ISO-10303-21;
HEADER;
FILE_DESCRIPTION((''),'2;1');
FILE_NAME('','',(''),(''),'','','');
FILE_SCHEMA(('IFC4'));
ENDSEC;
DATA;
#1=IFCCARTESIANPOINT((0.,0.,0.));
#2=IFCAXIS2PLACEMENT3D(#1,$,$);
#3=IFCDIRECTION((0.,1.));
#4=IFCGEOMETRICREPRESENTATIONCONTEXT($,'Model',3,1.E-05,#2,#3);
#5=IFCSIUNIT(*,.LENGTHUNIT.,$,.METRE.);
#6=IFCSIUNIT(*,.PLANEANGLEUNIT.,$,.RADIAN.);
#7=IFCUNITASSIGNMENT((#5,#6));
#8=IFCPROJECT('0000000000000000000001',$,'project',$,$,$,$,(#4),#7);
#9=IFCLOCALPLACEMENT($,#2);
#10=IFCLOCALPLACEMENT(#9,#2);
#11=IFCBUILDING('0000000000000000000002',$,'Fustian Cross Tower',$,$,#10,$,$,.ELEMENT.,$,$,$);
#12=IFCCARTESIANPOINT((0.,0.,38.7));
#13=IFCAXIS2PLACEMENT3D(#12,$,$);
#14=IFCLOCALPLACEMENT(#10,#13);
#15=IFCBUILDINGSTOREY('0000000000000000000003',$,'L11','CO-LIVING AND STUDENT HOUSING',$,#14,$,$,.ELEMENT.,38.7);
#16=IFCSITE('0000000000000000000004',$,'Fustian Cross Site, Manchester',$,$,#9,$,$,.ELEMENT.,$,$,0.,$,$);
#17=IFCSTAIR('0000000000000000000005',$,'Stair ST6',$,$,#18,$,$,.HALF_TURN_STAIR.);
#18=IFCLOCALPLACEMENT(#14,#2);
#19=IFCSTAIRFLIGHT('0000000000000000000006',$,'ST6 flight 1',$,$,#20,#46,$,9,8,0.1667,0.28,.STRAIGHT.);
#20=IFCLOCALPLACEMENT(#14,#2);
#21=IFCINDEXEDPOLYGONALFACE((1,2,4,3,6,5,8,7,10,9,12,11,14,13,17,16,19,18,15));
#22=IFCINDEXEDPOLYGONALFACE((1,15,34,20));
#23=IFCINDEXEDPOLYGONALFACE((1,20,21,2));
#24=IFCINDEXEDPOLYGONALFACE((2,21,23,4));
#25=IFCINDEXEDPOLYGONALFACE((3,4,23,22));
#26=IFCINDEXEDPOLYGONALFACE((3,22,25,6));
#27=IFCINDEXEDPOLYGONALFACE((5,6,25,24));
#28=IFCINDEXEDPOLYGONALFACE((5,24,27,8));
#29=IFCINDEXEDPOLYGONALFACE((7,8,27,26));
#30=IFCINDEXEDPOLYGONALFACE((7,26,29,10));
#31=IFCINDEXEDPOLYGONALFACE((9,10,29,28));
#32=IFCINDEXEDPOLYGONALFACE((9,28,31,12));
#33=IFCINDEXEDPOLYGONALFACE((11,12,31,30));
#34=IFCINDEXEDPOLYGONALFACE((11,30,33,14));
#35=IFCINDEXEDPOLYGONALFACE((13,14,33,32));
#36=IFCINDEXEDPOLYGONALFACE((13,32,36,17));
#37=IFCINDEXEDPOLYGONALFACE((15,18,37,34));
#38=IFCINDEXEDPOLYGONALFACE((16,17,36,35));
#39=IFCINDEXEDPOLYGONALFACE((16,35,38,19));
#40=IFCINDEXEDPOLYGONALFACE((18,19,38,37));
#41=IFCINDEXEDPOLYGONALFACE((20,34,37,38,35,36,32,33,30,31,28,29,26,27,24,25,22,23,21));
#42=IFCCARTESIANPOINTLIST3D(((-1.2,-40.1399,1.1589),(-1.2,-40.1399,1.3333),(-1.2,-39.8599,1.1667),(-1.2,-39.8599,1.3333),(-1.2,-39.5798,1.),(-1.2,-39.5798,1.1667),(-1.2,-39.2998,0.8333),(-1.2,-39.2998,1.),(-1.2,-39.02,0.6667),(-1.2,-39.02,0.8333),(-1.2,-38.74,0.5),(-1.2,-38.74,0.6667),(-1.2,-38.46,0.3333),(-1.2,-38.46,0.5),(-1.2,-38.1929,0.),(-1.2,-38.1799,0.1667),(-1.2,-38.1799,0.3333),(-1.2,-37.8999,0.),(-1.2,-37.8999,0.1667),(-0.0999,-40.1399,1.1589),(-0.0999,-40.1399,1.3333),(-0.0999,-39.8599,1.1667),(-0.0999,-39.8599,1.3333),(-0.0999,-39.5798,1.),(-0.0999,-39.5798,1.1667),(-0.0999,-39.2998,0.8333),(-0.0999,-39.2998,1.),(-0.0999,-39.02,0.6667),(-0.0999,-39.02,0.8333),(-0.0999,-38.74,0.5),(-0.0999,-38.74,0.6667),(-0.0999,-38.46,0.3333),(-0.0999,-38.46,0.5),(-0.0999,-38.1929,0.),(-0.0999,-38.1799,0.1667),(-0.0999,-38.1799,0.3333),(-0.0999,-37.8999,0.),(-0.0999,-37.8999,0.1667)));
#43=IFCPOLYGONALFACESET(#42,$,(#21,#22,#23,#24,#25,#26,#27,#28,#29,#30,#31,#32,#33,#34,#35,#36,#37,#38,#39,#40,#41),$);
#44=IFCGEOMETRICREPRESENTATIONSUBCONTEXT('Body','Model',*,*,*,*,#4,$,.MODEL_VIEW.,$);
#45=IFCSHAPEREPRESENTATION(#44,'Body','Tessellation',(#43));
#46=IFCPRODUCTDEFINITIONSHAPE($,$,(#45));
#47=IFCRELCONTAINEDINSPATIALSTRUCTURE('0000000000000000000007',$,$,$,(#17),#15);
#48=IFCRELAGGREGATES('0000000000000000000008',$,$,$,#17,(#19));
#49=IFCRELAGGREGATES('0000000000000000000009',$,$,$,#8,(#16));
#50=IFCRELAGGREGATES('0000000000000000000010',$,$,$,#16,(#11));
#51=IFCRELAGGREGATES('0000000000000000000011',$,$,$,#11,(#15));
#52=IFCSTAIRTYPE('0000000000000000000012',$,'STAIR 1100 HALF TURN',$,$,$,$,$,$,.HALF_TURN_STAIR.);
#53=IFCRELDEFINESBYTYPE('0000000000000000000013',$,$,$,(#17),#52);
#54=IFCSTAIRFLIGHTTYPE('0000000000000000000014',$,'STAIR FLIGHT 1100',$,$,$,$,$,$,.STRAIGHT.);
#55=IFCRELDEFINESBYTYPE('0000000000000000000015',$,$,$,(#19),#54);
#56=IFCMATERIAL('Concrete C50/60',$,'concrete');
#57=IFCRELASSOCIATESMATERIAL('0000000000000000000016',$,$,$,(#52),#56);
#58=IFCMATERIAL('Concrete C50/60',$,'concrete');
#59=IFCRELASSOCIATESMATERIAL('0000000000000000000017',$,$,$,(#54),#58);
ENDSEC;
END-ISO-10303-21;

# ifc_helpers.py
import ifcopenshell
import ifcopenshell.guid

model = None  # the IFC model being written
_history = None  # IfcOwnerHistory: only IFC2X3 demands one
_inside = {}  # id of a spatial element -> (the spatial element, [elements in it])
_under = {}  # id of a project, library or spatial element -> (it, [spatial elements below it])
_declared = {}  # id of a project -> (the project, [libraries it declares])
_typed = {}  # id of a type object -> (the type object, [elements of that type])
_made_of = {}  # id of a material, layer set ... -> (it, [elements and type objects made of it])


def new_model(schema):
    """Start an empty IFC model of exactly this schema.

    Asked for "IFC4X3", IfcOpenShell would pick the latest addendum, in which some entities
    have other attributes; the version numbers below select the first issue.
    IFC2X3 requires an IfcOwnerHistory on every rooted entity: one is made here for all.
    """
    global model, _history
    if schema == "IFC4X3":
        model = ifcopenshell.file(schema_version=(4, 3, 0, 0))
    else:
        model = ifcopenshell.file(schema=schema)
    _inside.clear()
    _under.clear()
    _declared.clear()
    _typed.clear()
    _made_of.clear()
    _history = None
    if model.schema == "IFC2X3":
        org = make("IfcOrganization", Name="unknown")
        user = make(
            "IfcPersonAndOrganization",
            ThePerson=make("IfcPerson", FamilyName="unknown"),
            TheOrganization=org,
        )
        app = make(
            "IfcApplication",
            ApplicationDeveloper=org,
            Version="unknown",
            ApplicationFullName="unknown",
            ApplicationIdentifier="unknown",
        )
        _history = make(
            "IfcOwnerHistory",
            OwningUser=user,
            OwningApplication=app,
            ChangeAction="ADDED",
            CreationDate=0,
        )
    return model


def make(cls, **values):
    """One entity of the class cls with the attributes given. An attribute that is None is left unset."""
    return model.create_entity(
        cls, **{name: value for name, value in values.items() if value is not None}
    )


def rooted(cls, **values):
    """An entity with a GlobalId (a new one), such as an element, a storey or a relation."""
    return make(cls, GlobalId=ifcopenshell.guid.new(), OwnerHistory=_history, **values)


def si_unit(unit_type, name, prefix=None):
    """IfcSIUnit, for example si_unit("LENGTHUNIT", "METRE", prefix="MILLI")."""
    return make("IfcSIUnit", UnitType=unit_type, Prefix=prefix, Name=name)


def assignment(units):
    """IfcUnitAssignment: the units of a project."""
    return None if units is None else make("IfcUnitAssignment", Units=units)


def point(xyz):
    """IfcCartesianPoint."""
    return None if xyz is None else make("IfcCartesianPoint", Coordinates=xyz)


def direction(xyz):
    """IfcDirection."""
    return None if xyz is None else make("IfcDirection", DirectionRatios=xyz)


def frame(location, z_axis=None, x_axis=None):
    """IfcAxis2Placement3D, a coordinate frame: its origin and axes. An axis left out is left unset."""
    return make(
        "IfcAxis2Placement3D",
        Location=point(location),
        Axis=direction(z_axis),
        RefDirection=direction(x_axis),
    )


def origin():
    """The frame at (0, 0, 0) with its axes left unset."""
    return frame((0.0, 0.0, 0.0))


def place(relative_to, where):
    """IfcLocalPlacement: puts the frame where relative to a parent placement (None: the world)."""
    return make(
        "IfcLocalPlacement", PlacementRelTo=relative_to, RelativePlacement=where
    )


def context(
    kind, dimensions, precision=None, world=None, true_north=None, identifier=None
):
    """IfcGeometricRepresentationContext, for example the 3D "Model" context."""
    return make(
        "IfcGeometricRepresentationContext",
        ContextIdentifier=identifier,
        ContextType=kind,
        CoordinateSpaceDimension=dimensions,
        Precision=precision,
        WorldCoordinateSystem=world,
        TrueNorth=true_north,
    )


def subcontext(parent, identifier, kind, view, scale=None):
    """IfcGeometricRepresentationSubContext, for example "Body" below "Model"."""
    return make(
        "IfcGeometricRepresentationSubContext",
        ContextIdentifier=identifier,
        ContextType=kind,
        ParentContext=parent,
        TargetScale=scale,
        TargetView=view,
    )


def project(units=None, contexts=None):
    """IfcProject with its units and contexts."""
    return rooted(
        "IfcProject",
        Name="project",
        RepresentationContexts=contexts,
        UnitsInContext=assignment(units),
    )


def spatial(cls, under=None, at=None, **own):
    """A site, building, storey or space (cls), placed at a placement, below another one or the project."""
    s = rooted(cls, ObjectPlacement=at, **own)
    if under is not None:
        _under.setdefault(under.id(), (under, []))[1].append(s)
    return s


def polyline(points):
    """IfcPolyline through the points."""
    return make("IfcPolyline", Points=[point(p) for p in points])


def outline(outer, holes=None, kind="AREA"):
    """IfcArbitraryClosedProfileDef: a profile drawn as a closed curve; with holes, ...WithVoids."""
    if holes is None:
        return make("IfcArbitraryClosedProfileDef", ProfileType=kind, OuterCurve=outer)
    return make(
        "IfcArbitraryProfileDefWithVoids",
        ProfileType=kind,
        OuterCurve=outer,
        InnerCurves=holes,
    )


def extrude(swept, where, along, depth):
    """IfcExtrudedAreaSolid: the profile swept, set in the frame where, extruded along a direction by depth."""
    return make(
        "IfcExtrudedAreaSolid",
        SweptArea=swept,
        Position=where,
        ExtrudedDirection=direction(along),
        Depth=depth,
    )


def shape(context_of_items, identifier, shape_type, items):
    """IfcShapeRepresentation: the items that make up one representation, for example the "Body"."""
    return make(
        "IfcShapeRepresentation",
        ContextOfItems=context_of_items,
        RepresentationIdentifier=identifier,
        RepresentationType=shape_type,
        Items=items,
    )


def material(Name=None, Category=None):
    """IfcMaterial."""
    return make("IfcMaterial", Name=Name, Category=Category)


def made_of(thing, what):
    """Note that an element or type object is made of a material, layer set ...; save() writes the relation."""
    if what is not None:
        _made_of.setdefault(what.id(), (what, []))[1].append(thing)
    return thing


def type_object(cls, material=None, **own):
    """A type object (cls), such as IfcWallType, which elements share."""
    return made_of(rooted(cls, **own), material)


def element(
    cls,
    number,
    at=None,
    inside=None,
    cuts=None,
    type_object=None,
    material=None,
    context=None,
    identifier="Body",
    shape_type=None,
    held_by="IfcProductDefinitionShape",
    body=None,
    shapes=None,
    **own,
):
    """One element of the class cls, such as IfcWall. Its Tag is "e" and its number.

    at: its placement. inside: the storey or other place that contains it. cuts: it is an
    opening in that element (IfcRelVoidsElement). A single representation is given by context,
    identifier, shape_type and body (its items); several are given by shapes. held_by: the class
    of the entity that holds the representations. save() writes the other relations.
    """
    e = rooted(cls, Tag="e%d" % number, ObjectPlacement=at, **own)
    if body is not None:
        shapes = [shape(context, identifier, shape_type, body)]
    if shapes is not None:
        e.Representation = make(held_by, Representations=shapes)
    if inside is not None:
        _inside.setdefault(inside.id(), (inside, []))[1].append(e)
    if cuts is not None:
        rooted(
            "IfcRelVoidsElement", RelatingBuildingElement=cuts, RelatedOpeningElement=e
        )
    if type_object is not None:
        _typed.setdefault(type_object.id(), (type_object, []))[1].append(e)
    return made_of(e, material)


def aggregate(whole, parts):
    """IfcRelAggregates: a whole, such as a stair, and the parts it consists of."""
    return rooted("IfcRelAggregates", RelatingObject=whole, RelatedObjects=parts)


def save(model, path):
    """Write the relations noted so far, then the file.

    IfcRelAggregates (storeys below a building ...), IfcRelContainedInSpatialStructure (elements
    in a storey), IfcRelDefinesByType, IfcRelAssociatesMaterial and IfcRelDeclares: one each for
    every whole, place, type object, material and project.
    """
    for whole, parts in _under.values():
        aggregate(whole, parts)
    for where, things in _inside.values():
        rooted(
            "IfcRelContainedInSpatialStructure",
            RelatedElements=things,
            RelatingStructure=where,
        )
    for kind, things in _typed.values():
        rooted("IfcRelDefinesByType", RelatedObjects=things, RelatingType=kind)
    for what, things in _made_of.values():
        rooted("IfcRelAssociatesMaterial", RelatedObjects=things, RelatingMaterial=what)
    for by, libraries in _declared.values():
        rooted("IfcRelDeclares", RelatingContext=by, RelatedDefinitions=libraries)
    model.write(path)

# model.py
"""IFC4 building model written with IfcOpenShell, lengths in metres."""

from ifc_helpers import new_model, si_unit, direction, frame, origin, place, context, subcontext, project, spatial, polyline, outline, extrude, material, type_object, element, aggregate, save


model = new_model("IFC4")

# Units and contexts
model_context = context("Model", 3, precision=1e-05, world=origin(), true_north=direction((0.0, 1.0)))
body_context = subcontext(model_context, "Body", "Model", "MODEL_VIEW")
ifc_project = project(units=[si_unit("LENGTHUNIT", "METRE"), si_unit("PLANEANGLEUNIT", "RADIAN")], contexts=[model_context])

# Site, building, storey
site_placement = place(None, origin())
site = spatial("IfcSite", under=ifc_project, at=site_placement, Name="Fustian Cross Site, Manchester", CompositionType="ELEMENT", RefElevation=0.0)
building_placement = place(site_placement, origin())
building = spatial("IfcBuilding", under=site, at=building_placement, Name="Fustian Cross Tower", CompositionType="ELEMENT")
storey_placement = place(building_placement, frame((0.0, 0.0, 38.7)))
storey = spatial("IfcBuildingStorey", under=building, at=storey_placement, Name="L11", Description="CO-LIVING AND STUDENT HOUSING", CompositionType="ELEMENT", Elevation=38.7)

# Stair, stair flight
ifc_material_1 = material(Name="Concrete C50/60", Category="concrete")
stair_type = type_object("IfcStairType", Name="STAIR 1100 HALF TURN", PredefinedType="HALF_TURN_STAIR", material=ifc_material_1)
stair_placement = place(storey_placement, origin())
stair = element("IfcStair", 1, at=stair_placement, inside=storey, type_object=stair_type, Name="Stair ST6", PredefinedType="HALF_TURN_STAIR")
ifc_material_2 = material(Name="Concrete C50/60", Category="concrete")
stair_flight_type = type_object("IfcStairFlightType", Name="STAIR FLIGHT 1100", PredefinedType="STRAIGHT", material=ifc_material_2)
stair_flight_placement = place(storey_placement, frame((-0.6499, -37.8999, 0.0), z_axis=(0.0, 0.0, 1.0), x_axis=(0.0, -1.0, 0.0)))
stair_flight = element("IfcStairFlight", 2, at=stair_flight_placement, type_object=stair_flight_type, Name="ST6 flight 1", NumberOfRisers=9, NumberOfTreads=8, PredefinedType="STRAIGHT", RiserHeight=0.1667, TreadLength=0.28, context=body_context, shape_type="SweptSolid", body=[
    extrude(outline(polyline([(0.0, 0.0), (0.0, 0.1667), (0.28, 0.1667), (0.28, 0.3333), (0.5601, 0.3333), (0.5601, 0.5), (0.8401, 0.5), (0.8401, 0.6667), (1.1201, 0.6667), (1.1201, 0.8333), (1.3999, 0.8333), (1.3999, 1.0), (1.6799, 1.0), (1.6799, 1.1667), (1.96, 1.1667), (1.96, 1.3333), (2.24, 1.3333), (2.24, 1.5), (2.24, 1.1589), (0.293, 0.0), (0.0, 0.0)])), frame((0.0, 0.55, 0.0), z_axis=(0.0, -1.0, 0.0), x_axis=(1.0, 0.0, 0.0)), (0.0, 0.0, 1.0), 1.1001),
])
aggregate(stair, [stair_flight])

save(model, "model.ifc")
